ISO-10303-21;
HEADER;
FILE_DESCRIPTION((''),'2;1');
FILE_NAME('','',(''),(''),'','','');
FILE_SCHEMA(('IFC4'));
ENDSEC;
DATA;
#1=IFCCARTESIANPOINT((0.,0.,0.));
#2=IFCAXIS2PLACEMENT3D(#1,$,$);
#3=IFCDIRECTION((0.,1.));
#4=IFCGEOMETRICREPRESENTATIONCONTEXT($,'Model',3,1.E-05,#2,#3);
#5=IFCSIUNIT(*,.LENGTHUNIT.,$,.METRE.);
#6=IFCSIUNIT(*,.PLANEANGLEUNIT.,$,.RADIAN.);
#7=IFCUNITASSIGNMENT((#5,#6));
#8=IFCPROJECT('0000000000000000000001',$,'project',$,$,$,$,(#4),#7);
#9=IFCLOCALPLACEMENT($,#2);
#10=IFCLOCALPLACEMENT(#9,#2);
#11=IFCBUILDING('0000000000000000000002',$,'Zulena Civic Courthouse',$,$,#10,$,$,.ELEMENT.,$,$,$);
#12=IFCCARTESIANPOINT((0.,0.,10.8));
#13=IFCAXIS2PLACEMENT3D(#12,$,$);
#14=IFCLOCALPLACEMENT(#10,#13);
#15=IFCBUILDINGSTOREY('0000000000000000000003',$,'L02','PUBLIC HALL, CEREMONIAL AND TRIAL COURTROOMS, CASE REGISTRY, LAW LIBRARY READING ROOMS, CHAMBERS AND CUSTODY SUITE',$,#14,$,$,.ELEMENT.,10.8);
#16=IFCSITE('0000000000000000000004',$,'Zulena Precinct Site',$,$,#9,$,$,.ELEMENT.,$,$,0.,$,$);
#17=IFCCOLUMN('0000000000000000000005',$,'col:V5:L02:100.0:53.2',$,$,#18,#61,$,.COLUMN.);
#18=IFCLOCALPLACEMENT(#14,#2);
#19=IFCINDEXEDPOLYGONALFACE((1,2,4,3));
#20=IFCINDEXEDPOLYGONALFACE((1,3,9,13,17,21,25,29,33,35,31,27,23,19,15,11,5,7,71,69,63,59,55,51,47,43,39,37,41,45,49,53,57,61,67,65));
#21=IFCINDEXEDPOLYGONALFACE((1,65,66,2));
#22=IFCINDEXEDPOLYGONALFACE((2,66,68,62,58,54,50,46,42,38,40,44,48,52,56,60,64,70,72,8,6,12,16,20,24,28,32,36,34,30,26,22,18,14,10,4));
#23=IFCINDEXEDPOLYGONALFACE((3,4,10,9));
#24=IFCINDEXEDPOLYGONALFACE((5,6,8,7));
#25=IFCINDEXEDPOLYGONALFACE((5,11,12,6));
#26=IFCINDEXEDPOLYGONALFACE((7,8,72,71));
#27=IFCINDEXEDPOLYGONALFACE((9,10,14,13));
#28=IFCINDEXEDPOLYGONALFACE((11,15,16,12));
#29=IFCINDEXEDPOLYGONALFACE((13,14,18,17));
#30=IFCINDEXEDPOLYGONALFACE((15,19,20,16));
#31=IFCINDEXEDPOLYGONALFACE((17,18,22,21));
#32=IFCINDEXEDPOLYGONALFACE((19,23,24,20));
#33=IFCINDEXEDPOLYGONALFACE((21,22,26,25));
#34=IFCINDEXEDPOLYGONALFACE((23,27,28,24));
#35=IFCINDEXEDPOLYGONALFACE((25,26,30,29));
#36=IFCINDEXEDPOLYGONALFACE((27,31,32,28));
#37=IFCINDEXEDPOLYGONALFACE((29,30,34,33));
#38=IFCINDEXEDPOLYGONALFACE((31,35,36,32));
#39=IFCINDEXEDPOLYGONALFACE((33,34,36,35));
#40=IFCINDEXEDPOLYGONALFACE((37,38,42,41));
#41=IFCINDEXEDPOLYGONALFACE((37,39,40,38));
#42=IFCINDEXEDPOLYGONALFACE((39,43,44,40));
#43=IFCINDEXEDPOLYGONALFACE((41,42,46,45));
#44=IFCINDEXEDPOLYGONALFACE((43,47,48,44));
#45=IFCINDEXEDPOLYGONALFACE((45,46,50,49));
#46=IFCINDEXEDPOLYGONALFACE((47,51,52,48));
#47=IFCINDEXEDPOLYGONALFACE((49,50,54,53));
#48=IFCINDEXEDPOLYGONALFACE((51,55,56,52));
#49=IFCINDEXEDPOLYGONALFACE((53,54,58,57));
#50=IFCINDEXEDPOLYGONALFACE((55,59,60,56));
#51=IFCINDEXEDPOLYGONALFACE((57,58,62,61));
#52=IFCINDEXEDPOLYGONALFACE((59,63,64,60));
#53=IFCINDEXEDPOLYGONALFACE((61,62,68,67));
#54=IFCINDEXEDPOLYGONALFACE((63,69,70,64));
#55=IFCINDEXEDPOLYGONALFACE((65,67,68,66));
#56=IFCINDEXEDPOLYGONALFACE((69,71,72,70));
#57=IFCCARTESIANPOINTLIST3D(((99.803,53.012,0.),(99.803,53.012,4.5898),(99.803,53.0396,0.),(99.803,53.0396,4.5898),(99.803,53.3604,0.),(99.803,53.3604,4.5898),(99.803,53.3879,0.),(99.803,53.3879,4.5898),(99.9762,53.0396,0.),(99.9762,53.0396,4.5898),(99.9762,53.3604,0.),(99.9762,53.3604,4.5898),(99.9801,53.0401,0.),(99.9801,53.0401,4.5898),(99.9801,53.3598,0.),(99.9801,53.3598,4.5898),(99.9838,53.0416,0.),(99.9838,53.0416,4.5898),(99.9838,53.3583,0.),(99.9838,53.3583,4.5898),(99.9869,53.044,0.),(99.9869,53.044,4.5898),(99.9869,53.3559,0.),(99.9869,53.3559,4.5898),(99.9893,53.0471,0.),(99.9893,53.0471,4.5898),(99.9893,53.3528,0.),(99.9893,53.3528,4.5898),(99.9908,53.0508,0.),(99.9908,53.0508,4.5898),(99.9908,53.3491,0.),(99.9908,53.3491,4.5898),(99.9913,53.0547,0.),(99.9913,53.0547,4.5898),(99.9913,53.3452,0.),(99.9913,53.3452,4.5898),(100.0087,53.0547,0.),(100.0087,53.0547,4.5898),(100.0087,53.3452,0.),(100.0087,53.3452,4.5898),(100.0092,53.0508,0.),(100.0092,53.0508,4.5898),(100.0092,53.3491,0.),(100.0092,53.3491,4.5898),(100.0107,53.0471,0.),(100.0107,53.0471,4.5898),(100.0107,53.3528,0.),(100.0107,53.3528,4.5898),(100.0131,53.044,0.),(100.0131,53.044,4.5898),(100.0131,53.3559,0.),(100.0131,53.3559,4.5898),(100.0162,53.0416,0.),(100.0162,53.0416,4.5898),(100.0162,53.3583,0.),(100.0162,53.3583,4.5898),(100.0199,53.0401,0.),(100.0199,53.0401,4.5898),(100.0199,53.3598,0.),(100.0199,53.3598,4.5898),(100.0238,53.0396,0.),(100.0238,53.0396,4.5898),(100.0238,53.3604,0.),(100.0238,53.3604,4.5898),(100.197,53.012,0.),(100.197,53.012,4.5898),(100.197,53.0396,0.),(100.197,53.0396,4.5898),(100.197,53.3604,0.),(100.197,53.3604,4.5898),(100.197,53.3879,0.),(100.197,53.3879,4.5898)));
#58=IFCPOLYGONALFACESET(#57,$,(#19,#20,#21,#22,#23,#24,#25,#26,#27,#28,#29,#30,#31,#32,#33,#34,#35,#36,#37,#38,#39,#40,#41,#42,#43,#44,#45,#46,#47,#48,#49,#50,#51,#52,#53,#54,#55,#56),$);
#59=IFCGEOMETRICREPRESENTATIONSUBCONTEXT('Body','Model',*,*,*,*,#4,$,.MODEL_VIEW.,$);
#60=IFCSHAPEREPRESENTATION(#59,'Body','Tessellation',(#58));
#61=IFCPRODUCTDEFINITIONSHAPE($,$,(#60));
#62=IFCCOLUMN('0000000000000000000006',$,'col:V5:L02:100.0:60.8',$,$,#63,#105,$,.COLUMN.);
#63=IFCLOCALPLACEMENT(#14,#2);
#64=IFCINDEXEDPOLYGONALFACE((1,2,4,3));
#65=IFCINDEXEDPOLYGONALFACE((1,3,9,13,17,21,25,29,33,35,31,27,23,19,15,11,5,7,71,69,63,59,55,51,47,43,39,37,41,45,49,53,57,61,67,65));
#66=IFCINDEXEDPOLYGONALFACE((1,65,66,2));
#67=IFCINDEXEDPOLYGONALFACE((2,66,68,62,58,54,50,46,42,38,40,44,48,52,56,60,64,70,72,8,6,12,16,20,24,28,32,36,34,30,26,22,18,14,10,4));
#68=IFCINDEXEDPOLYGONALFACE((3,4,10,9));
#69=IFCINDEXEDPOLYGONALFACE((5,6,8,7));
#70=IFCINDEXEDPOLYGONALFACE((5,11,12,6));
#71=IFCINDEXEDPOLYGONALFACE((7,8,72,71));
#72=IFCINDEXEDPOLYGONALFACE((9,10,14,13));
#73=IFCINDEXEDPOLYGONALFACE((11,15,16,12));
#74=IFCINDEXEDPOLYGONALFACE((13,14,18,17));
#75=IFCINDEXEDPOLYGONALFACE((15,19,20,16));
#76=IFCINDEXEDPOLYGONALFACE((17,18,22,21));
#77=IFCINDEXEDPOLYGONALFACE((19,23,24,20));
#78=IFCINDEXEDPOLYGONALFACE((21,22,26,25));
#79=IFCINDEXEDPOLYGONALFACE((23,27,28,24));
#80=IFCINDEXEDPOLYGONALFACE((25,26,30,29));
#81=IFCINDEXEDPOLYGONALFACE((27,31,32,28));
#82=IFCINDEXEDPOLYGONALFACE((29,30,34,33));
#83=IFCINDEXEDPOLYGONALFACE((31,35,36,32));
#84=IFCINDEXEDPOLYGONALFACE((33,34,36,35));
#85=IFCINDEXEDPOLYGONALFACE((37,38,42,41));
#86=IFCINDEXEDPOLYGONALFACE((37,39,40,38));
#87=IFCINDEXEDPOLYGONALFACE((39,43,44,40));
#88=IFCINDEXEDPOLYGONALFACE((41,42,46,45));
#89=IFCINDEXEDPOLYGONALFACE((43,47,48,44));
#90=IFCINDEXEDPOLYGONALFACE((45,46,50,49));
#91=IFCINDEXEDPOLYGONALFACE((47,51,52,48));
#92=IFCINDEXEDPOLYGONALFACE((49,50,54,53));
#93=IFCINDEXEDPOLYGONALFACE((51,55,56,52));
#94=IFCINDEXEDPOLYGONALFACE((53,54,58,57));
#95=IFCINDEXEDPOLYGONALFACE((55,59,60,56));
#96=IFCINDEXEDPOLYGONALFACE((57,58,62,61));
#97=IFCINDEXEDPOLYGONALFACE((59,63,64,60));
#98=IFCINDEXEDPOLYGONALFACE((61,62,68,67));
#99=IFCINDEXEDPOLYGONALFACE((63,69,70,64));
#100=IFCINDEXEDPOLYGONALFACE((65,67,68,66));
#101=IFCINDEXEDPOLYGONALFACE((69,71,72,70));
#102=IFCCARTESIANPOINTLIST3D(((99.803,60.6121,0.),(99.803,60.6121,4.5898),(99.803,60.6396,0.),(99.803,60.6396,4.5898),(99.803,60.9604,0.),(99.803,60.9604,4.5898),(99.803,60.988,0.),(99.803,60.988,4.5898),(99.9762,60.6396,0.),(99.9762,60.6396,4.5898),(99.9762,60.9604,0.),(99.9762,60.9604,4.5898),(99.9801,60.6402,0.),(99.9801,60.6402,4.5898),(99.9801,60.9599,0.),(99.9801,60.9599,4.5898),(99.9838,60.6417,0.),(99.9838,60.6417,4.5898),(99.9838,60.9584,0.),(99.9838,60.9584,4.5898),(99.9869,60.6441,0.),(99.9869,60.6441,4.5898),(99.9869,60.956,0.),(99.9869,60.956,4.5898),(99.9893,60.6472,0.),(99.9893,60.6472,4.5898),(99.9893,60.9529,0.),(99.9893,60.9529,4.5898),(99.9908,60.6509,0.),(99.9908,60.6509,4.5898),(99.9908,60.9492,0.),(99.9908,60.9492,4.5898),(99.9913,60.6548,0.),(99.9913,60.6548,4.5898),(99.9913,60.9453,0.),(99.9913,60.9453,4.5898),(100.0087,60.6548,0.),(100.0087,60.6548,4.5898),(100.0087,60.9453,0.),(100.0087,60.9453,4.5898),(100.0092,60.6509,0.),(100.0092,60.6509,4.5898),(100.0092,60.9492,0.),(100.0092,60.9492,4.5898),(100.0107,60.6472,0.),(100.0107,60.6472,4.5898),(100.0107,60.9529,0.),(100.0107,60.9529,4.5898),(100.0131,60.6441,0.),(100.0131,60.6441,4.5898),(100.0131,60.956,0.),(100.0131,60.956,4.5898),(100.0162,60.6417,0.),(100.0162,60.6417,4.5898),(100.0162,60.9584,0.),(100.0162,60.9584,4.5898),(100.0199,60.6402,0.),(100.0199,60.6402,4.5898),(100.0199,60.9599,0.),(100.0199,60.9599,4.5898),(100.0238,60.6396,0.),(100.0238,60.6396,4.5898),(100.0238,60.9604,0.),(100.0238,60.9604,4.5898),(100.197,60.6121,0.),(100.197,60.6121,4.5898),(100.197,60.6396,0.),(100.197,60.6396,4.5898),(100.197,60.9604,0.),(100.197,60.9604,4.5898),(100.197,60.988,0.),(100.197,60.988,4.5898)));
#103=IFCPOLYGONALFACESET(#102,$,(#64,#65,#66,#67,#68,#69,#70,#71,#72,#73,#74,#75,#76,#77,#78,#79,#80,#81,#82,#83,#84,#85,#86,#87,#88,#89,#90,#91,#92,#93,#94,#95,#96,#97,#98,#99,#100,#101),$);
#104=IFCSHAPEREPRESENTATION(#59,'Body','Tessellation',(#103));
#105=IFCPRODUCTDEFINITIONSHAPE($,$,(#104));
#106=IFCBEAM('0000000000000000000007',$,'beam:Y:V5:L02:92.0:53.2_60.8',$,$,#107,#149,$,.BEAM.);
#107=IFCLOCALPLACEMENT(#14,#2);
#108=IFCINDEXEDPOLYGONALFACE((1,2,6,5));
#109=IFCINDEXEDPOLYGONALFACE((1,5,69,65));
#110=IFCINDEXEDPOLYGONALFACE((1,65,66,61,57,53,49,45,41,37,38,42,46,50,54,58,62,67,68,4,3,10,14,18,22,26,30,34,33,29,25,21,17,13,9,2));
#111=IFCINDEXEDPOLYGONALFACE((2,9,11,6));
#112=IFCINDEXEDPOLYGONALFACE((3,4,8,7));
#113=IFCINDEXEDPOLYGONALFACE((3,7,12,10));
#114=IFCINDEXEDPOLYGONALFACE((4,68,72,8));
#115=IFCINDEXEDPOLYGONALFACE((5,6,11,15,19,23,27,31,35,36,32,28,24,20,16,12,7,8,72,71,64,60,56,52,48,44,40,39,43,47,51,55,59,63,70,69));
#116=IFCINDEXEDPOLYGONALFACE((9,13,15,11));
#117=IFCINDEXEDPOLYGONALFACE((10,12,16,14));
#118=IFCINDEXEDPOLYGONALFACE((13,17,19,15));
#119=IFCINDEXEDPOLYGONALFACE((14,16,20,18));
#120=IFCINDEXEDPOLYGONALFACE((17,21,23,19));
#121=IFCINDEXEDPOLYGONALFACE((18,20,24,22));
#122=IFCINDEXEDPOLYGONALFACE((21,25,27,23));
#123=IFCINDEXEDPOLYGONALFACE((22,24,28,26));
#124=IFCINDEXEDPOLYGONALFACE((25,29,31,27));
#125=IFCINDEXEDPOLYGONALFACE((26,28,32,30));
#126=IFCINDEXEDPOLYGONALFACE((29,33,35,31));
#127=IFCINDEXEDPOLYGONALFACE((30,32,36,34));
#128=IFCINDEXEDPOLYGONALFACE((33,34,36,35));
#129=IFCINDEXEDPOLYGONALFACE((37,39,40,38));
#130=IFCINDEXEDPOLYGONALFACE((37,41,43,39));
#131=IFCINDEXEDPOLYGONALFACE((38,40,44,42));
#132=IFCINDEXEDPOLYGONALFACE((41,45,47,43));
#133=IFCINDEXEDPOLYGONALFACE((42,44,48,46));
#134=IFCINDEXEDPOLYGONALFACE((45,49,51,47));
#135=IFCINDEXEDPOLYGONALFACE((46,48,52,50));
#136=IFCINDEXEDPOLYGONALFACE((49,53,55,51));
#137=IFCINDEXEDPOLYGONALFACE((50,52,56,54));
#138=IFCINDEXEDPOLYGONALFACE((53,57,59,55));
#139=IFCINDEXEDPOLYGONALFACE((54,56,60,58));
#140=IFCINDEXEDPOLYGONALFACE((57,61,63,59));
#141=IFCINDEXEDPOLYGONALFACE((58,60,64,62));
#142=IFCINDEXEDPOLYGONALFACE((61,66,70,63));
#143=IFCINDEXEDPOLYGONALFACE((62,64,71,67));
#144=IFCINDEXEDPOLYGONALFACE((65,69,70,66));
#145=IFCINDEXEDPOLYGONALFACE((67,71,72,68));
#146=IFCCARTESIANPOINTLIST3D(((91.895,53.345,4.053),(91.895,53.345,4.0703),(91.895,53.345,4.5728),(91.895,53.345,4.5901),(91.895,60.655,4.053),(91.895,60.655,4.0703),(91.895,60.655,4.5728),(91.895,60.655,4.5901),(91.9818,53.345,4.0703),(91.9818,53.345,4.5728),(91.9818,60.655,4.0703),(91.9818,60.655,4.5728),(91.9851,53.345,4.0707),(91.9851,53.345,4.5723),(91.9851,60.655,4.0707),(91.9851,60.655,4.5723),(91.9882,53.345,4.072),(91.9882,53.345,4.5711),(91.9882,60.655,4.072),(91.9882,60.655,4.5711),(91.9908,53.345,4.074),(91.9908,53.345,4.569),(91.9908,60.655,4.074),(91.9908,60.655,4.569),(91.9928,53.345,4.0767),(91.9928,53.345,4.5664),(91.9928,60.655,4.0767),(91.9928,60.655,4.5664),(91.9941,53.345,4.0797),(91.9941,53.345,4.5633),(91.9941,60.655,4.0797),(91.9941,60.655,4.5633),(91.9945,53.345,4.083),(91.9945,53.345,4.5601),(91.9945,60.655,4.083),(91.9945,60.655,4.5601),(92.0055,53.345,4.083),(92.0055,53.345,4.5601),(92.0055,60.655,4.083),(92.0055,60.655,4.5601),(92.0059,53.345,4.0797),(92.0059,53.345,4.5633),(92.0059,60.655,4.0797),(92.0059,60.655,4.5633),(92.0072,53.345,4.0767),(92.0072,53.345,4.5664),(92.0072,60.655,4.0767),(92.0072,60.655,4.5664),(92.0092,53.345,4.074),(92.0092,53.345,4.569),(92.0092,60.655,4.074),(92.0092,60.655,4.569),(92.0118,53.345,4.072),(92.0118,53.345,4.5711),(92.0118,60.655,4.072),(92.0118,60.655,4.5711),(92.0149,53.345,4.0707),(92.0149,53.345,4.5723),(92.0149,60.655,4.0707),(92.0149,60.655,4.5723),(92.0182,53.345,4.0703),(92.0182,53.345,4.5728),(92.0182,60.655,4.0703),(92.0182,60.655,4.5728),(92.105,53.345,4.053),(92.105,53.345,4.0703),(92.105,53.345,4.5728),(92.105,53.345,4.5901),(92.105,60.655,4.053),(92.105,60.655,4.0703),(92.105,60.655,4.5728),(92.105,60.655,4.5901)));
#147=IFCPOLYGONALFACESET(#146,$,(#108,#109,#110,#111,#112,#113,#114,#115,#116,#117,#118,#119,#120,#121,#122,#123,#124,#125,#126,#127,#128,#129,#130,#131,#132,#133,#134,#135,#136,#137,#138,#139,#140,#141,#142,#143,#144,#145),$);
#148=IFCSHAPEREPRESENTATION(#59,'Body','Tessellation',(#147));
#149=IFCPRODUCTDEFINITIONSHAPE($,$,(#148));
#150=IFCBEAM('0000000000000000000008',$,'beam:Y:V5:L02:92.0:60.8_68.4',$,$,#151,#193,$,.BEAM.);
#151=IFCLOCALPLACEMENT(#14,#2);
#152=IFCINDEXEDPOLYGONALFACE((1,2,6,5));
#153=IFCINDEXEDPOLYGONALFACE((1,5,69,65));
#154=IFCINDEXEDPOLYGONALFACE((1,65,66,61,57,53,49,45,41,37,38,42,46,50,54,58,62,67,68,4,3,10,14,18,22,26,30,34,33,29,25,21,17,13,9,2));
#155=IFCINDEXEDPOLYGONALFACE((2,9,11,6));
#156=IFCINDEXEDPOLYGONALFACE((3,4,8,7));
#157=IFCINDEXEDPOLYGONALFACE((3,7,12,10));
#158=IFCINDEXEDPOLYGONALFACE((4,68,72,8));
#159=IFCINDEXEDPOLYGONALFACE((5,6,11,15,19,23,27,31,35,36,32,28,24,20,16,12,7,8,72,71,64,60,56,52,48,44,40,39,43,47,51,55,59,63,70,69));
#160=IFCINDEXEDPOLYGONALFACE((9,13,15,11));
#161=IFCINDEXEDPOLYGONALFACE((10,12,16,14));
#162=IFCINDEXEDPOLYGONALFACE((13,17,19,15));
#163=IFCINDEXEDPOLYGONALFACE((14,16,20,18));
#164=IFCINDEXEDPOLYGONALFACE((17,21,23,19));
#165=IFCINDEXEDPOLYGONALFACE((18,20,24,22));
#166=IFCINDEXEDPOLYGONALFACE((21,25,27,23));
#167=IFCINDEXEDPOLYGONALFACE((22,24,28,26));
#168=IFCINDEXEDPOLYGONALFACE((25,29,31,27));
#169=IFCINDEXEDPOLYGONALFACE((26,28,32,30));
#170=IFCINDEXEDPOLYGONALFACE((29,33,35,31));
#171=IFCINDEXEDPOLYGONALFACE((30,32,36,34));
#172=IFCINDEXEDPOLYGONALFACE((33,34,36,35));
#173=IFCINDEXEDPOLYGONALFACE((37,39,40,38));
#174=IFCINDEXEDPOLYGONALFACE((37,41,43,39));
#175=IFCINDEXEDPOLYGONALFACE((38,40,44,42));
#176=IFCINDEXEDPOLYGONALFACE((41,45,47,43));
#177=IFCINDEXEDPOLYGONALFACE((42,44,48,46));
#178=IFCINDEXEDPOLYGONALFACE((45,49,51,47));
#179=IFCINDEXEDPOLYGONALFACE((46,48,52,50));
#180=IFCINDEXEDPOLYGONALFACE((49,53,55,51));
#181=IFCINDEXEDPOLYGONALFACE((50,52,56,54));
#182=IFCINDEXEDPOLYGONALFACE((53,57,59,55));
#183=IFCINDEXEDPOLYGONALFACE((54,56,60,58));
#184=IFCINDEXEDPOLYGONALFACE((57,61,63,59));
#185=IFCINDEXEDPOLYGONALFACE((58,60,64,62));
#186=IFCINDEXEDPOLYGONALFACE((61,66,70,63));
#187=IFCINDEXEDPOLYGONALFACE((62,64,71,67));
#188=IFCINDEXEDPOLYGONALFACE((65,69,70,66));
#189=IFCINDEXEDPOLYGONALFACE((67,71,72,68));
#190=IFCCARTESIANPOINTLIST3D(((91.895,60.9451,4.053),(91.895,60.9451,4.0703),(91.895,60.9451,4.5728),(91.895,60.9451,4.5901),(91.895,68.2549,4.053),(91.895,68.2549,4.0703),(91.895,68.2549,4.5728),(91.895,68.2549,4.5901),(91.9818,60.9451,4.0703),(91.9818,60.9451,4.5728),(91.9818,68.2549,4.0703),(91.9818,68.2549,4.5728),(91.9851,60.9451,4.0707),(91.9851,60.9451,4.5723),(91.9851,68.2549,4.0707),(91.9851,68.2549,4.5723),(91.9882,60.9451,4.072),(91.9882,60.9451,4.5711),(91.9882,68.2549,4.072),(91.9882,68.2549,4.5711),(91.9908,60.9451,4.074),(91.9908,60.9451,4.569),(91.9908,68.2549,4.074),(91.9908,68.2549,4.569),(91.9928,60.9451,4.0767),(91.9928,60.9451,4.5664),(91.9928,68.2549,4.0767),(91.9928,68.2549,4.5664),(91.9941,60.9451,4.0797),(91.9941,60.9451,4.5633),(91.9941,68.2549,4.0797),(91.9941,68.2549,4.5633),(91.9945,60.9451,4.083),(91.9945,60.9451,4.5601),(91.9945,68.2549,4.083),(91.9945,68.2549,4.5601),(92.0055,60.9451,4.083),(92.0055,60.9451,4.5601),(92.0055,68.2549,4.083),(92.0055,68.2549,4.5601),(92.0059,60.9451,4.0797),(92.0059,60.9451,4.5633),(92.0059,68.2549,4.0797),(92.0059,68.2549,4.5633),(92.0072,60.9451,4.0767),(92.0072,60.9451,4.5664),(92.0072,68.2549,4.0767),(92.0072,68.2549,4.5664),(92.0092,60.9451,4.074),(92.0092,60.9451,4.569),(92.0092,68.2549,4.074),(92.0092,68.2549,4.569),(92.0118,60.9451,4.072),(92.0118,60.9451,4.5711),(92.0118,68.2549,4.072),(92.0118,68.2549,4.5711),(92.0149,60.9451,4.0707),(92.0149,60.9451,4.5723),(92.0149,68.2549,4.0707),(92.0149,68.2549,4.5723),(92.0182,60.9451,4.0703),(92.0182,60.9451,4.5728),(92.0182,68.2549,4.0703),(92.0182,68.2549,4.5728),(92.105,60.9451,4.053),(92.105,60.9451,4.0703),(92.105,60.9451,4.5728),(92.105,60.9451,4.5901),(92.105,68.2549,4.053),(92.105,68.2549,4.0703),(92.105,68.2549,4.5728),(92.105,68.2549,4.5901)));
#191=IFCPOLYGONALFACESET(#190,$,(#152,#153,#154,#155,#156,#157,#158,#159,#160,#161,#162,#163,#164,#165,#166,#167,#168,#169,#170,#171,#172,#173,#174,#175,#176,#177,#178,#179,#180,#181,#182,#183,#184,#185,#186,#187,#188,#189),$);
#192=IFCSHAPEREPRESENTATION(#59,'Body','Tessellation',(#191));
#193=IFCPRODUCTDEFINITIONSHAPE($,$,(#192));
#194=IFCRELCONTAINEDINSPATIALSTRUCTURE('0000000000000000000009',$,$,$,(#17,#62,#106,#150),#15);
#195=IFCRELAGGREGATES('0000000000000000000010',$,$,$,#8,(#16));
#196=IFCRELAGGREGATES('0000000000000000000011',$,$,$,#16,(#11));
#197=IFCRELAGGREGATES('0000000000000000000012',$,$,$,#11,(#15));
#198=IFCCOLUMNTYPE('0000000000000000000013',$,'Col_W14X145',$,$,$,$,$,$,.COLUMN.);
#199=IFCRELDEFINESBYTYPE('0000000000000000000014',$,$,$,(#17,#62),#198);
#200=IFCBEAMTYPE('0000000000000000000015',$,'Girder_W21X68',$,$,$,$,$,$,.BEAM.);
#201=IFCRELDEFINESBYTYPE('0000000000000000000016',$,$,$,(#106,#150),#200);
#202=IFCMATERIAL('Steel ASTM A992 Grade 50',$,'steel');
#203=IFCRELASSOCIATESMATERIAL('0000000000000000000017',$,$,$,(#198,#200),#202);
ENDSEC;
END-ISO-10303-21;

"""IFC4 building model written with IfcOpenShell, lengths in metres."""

from ifc_helpers import new_model, si_unit, direction, frame, origin, origin_2d, place, context, subcontext, project, spatial, i_section, extrude, material, material_profile, profile_set, type_object, element, save


model = new_model("IFC4")

# Units and contexts
model_context = context("Model", 3, precision=1e-05, world=origin(), true_north=direction((0.0, 1.0)))
body_context = subcontext(model_context, "Body", "Model", "MODEL_VIEW")
ifc_project = project(units=[si_unit("LENGTHUNIT", "METRE"), si_unit("PLANEANGLEUNIT", "RADIAN")], contexts=[model_context])

# Site, building, storey
site_placement = place(None, origin())
site = spatial("IfcSite", under=ifc_project, at=site_placement, Name="Zulena Precinct Site", CompositionType="ELEMENT", RefElevation=0.0)
building_placement = place(site_placement, origin())
building = spatial("IfcBuilding", under=site, at=building_placement, Name="Zulena Civic Courthouse", CompositionType="ELEMENT")
storey_placement = place(building_placement, frame((0.0, 0.0, 10.8)))
storey = spatial("IfcBuildingStorey", under=building, at=storey_placement, Name="L02", Description="PUBLIC HALL, CEREMONIAL AND TRIAL COURTROOMS, CASE REGISTRY, LAW LIBRARY READING ROOMS, CHAMBERS AND CUSTODY SUITE", CompositionType="ELEMENT", Elevation=10.8)

# Columns
ifc_material_1 = material(Name="Steel ASTM A992 Grade 50", Category="steel")
ifc_material_profile_1 = material_profile(ifc_material_1, i_section(OverallWidth=0.394, OverallDepth=0.376, WebThickness=0.0173, FlangeThickness=0.0276, FilletRadius=0.0151, at=origin_2d()), Name="W14X145")
ifc_profile_set_1 = profile_set([ifc_material_profile_1], Name="Steel ASTM A992 Grade 50")
column_type_1 = type_object("IfcColumnType", Name="Col_W14X145", PredefinedType="COLUMN", material=ifc_profile_set_1)
for number, where, z_axis, x_axis, name in (
    (1, (100.0, 53.2, 0.0), (0.0, 0.0, 1.0), (1.0, 0.0, 0.0), "col:V5:L02:100.0:53.2"),
    (2, (100.0, 60.8, 0.0), (0.0, 0.0, 1.0), (1.0, 0.0, 0.0), "col:V5:L02:100.0:60.8"),
):
    element("IfcColumn", number, at=place(storey_placement, frame(where, z_axis=z_axis, x_axis=x_axis)), inside=storey, type_object=column_type_1, Name=name, PredefinedType="COLUMN", context=body_context, shape_type="SweptSolid", body=[
        extrude(i_section(OverallWidth=0.394, OverallDepth=0.376, WebThickness=0.0173, FlangeThickness=0.0276, FilletRadius=0.0151, at=origin_2d()), origin(), (0.0, 0.0, 1.0), 4.5898),
    ])

# Beams
ifc_material_profile_2 = material_profile(ifc_material_1, i_section(OverallWidth=0.21, OverallDepth=0.5371, WebThickness=0.011, FlangeThickness=0.0173, FilletRadius=0.0127, at=origin_2d()), Name="W21X68")
ifc_profile_set_2 = profile_set([ifc_material_profile_2], Name="Steel ASTM A992 Grade 50")
beam_type_1 = type_object("IfcBeamType", Name="Girder_W21X68", PredefinedType="BEAM", material=ifc_profile_set_2)
beam_1_placement = place(storey_placement, frame((92.0, 53.345, 4.3215), z_axis=(0.0, 1.0, 0.0), x_axis=(-1.0, 0.0, 0.0)))
element("IfcBeam", 3, at=beam_1_placement, inside=storey, type_object=beam_type_1, Name="beam:Y:V5:L02:92.0:53.2_60.8", PredefinedType="BEAM", context=body_context, shape_type="SweptSolid", body=[
    extrude(i_section(OverallWidth=0.21, OverallDepth=0.5371, WebThickness=0.011, FlangeThickness=0.0173, FilletRadius=0.0127, at=origin_2d()), origin(), (0.0, 0.0, 1.0), 7.3101),
])
beam_2_placement = place(storey_placement, frame((92.0, 60.9451, 4.3215), z_axis=(0.0, 1.0, 0.0), x_axis=(-1.0, 0.0, 0.0)))
element("IfcBeam", 4, at=beam_2_placement, inside=storey, type_object=beam_type_1, Name="beam:Y:V5:L02:92.0:60.8_68.4", PredefinedType="BEAM", context=body_context, shape_type="SweptSolid", body=[
    extrude(i_section(OverallWidth=0.21, OverallDepth=0.5371, WebThickness=0.011, FlangeThickness=0.0173, FilletRadius=0.0127, at=origin_2d()), origin(), (0.0, 0.0, 1.0), 7.3098),
])

save(model, "model.ifc")
